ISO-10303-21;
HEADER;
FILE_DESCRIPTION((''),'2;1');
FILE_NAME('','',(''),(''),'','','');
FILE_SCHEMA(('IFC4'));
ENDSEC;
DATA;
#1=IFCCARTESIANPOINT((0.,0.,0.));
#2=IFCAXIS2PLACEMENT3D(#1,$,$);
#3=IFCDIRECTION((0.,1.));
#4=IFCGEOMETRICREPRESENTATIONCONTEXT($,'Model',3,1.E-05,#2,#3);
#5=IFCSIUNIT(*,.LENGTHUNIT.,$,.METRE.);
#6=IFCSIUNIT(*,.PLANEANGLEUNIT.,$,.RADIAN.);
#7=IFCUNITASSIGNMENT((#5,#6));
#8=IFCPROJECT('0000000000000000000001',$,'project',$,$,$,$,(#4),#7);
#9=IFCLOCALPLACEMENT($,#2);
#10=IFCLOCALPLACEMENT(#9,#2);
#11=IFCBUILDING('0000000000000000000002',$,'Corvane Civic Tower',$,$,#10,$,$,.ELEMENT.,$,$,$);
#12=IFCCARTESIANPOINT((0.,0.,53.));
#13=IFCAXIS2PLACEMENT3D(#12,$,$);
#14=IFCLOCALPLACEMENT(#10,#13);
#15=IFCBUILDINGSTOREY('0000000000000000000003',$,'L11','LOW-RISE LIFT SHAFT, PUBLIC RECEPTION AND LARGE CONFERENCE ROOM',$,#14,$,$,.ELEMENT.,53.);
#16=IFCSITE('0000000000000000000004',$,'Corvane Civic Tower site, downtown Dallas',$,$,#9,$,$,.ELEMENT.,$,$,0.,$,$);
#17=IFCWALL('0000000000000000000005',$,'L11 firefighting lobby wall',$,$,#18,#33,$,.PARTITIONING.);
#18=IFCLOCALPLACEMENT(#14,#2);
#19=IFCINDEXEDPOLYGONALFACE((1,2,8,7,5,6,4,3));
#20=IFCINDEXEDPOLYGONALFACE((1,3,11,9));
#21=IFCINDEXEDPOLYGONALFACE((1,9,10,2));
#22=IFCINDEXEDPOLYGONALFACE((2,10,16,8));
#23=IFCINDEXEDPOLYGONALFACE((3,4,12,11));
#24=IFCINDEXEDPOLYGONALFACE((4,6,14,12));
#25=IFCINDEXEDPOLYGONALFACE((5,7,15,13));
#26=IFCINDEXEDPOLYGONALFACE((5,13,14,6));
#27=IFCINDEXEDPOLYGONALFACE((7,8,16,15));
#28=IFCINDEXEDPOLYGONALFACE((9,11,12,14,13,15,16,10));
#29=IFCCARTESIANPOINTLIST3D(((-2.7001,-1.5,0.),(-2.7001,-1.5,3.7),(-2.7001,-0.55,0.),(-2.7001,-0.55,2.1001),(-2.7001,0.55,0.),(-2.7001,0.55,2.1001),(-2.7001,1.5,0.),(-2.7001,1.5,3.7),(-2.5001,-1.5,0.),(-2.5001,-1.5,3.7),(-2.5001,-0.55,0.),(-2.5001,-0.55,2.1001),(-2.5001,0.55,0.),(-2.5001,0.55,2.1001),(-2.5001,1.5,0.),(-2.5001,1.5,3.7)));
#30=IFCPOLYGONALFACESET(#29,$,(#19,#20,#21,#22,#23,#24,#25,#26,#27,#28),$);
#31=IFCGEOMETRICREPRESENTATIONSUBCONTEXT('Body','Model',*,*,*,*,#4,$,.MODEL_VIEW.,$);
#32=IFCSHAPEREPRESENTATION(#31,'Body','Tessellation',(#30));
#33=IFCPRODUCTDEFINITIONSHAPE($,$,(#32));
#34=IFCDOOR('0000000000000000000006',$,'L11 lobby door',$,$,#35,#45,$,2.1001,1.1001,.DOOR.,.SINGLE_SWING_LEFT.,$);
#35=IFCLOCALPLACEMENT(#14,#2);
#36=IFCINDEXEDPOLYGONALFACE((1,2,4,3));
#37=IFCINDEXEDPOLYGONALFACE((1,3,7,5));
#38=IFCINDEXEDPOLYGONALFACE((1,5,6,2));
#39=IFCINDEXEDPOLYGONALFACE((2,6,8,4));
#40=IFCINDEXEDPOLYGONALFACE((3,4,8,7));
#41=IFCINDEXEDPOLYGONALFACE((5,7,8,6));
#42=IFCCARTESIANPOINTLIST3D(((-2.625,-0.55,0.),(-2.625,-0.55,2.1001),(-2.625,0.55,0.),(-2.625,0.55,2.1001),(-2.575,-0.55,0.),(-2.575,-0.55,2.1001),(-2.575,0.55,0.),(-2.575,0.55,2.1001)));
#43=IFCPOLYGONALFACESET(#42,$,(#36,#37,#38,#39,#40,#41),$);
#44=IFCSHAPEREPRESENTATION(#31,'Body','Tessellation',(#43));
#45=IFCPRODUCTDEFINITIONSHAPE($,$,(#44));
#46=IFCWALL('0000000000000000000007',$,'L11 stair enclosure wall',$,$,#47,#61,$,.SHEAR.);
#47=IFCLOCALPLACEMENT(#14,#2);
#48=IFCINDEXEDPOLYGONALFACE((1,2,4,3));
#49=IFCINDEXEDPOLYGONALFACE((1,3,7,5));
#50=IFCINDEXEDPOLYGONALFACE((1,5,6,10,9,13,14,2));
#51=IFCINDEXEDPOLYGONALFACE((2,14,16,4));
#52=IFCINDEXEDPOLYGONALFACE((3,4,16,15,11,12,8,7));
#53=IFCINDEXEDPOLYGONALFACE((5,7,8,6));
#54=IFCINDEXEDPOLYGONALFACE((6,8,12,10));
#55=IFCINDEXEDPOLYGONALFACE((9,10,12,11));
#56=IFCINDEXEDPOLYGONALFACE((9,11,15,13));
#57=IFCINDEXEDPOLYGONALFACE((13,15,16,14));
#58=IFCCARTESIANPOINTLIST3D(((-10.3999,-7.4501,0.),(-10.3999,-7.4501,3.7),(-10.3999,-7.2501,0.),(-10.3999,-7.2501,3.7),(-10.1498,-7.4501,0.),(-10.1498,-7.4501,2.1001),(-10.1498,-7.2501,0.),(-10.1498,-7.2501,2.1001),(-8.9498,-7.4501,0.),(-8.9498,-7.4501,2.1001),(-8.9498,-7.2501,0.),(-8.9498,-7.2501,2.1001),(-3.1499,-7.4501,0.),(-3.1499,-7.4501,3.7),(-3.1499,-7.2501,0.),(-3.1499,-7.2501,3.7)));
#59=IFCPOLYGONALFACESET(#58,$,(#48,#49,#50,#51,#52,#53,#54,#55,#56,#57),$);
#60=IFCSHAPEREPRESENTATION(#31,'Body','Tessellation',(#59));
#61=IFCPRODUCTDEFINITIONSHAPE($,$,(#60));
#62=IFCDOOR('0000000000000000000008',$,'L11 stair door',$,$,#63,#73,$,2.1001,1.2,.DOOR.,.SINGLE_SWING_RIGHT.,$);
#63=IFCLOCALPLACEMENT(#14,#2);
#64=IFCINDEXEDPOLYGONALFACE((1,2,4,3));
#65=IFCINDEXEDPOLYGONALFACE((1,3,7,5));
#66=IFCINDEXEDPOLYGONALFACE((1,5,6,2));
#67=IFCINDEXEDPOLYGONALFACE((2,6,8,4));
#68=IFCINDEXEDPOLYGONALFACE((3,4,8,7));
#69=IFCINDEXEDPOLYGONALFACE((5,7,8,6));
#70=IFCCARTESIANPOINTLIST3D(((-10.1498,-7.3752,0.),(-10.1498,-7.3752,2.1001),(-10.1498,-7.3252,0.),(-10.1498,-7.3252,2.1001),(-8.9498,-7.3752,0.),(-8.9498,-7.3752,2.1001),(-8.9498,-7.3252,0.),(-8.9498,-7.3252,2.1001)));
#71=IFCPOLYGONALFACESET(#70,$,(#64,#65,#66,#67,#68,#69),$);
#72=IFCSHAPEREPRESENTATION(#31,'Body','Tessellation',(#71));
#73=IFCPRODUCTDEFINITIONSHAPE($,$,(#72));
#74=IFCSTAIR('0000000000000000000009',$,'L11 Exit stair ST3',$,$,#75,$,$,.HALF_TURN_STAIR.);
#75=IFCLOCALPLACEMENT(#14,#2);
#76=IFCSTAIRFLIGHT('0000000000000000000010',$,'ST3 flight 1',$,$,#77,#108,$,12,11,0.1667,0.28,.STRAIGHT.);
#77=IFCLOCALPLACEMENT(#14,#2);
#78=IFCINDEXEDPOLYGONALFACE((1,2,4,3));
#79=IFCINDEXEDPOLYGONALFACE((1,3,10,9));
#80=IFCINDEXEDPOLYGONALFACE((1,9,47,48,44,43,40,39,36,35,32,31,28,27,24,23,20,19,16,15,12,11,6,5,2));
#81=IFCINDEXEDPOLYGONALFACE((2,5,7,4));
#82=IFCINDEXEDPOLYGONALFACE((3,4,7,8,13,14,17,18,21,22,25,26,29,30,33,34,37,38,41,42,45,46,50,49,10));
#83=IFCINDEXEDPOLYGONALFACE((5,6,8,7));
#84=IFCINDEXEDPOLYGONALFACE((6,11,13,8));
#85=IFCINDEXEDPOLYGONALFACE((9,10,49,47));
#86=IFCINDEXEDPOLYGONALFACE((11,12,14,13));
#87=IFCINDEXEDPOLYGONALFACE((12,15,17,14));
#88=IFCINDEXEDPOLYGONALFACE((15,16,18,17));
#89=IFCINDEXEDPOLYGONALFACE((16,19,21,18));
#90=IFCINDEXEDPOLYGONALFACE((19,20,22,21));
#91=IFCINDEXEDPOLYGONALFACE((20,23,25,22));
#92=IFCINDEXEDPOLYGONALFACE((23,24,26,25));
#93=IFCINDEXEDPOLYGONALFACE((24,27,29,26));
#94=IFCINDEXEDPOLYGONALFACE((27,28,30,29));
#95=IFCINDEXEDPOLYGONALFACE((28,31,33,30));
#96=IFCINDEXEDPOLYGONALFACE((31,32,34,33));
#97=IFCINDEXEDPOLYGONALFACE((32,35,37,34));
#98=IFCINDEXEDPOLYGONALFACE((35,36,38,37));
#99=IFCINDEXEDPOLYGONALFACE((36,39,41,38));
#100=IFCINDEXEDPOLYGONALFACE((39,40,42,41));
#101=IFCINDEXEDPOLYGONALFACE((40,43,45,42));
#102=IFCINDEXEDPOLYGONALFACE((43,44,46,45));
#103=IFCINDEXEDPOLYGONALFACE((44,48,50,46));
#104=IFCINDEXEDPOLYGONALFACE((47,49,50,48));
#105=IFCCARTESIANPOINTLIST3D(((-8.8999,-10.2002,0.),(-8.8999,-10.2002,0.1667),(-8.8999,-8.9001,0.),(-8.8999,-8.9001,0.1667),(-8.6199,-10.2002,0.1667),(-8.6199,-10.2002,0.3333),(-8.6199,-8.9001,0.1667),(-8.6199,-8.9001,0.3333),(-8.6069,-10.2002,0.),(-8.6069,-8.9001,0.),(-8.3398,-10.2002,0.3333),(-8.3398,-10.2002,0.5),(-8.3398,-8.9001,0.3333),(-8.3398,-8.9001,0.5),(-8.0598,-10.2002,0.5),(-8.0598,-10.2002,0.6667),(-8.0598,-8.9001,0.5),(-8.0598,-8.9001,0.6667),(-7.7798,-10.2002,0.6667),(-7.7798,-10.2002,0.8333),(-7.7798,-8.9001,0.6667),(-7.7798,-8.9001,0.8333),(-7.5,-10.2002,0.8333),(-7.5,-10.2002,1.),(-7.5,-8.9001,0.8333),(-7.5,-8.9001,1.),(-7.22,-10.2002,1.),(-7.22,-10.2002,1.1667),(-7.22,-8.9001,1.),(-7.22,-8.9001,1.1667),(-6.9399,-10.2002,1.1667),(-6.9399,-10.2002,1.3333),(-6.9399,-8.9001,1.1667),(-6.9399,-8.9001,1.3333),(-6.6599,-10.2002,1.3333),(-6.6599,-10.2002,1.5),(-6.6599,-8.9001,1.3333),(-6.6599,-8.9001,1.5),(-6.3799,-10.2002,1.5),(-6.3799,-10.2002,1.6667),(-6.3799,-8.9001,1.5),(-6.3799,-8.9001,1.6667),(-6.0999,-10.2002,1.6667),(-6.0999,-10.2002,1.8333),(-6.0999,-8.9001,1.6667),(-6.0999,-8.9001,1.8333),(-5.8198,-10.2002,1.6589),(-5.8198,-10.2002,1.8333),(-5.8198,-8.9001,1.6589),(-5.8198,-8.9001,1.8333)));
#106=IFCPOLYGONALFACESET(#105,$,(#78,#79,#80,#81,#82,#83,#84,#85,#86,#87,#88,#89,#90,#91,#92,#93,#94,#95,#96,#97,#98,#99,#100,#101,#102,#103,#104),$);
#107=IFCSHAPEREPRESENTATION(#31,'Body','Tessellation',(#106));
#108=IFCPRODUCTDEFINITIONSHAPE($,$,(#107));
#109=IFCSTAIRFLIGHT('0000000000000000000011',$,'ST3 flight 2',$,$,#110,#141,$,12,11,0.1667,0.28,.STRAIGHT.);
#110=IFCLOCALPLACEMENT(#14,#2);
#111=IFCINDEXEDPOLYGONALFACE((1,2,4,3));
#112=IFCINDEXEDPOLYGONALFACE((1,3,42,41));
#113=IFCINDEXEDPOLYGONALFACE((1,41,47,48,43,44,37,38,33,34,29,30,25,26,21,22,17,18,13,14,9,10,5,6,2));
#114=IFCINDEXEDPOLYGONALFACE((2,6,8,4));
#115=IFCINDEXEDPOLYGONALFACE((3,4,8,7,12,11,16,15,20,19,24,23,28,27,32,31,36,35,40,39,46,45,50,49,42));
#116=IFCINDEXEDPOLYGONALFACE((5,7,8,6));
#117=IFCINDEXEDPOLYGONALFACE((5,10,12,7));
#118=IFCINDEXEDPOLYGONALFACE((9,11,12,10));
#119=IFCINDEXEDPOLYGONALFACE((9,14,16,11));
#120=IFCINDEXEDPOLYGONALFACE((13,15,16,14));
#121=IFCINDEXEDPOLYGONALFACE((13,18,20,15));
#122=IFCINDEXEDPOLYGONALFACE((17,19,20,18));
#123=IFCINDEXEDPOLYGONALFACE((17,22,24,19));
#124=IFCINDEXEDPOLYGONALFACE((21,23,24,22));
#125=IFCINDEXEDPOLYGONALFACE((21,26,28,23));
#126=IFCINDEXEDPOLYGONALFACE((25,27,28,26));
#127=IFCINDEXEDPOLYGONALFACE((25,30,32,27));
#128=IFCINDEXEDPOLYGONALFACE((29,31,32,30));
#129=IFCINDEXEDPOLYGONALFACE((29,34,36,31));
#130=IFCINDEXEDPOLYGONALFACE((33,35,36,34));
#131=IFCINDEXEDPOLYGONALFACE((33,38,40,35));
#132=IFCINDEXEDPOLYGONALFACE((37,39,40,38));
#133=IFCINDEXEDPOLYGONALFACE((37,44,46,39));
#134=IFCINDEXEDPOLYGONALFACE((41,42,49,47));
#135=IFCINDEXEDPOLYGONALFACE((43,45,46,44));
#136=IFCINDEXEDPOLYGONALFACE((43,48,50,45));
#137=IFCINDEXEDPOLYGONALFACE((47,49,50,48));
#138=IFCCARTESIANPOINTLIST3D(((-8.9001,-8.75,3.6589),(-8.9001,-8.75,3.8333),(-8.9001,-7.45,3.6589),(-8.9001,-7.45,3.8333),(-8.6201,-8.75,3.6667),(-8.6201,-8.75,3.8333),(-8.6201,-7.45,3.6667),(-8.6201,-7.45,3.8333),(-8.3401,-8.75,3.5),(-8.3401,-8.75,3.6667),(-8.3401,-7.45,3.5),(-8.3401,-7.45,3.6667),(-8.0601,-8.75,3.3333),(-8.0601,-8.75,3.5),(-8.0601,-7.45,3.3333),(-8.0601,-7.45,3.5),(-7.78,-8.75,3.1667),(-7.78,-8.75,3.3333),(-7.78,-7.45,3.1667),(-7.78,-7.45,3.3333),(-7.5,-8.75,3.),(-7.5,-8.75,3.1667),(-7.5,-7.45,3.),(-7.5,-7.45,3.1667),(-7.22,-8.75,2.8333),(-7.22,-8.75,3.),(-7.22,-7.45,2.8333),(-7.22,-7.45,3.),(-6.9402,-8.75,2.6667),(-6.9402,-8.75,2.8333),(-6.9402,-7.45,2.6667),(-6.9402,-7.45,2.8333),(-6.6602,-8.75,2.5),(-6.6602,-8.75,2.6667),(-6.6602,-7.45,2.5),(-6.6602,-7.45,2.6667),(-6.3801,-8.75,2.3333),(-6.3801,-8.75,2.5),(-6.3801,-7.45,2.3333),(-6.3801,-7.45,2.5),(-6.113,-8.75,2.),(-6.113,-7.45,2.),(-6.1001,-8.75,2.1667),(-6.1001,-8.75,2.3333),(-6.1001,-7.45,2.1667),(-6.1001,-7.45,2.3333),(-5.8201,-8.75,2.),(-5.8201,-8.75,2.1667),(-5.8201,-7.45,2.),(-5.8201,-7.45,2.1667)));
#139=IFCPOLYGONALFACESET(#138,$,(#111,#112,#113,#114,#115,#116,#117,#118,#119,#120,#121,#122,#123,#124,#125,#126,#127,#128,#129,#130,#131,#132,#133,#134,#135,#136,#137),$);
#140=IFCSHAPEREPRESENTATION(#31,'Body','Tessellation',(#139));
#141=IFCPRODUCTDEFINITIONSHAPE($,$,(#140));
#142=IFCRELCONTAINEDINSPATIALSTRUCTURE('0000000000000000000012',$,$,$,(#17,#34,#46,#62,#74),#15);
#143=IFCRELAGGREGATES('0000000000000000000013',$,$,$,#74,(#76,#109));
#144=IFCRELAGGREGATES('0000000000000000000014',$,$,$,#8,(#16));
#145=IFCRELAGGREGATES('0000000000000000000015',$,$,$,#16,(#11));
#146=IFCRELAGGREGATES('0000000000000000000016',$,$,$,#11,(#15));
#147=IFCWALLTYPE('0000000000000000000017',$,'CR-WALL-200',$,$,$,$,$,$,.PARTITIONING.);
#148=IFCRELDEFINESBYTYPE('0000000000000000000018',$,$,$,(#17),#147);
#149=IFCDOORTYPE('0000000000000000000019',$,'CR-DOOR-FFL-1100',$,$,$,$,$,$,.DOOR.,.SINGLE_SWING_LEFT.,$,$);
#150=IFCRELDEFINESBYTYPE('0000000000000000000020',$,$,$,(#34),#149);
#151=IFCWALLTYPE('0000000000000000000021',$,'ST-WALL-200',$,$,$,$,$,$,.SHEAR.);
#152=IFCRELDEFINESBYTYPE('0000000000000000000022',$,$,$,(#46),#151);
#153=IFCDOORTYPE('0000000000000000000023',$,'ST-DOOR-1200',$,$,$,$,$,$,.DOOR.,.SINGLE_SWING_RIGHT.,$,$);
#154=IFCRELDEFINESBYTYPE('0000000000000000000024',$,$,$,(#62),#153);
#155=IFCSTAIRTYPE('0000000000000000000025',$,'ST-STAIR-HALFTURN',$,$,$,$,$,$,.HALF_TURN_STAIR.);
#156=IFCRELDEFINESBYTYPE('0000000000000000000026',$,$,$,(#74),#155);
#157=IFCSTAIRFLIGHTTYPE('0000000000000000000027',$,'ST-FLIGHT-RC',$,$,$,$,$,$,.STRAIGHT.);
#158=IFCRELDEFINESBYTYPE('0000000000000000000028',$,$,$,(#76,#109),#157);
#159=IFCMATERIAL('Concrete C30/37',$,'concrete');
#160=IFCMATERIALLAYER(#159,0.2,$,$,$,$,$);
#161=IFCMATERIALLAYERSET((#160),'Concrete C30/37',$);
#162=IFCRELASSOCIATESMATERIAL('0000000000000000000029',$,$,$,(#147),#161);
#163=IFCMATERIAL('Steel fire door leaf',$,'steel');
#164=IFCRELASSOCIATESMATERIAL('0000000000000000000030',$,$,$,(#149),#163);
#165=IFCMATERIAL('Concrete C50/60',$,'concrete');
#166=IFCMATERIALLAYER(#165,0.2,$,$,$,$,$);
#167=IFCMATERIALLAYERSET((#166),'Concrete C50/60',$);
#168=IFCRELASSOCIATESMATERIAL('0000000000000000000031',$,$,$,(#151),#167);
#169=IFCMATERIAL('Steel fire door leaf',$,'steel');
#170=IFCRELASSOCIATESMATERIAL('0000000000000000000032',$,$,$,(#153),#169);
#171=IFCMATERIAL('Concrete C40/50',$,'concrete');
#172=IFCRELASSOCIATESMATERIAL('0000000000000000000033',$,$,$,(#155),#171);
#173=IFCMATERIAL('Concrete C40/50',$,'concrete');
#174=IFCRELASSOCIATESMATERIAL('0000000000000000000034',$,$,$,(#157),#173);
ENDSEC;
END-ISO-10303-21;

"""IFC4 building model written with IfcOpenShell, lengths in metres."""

from ifc_helpers import new_model, si_unit, direction, frame, frame_2d, origin, place, context, subcontext, project, spatial, polyline, rectangle, outline, extrude, material, layer, layer_set, type_object, element, fill, aggregate, save


model = new_model("IFC4")

# Units and contexts
model_context = context("Model", 3, precision=1e-05, world=origin(), true_north=direction((0.0, 1.0)))
body_context = subcontext(model_context, "Body", "Model", "MODEL_VIEW")
ifc_project = project(units=[si_unit("LENGTHUNIT", "METRE"), si_unit("PLANEANGLEUNIT", "RADIAN")], contexts=[model_context])

# Site, building, storey
site_placement = place(None, origin())
site = spatial("IfcSite", under=ifc_project, at=site_placement, Name="Corvane Civic Tower site, downtown Dallas", CompositionType="ELEMENT", RefElevation=0.0)
building_placement = place(site_placement, origin())
building = spatial("IfcBuilding", under=site, at=building_placement, Name="Corvane Civic Tower", CompositionType="ELEMENT")
storey_placement = place(building_placement, frame((0.0, 0.0, 53.0)))
storey = spatial("IfcBuildingStorey", under=building, at=storey_placement, Name="L11", Description="LOW-RISE LIFT SHAFT, PUBLIC RECEPTION AND LARGE CONFERENCE ROOM", CompositionType="ELEMENT", Elevation=53.0)

# Shared definitions
ifc_material_1 = material(Name="Concrete C30/37", Category="concrete")
ifc_layer_1 = layer(ifc_material_1, 0.2)
ifc_layer_set_1 = layer_set([ifc_layer_1], Name="Concrete C30/37")
wall_type_1 = type_object("IfcWallType", Name="CR-WALL-200", PredefinedType="PARTITIONING", material=ifc_layer_set_1)

# Walls, openings, doors
ifc_material_2 = material(Name="Steel fire door leaf", Category="steel")
door_type_1 = type_object("IfcDoorType", Name="CR-DOOR-FFL-1100", OperationType="SINGLE_SWING_LEFT", PredefinedType="DOOR", material=ifc_material_2)
wall_1_placement = place(storey_placement, frame((-2.6001, -1.5, 0.0), z_axis=(0.0, 0.0, 1.0), x_axis=(0.0, 1.0, 0.0)))
wall_1 = element("IfcWall", 1, at=wall_1_placement, inside=storey, type_object=wall_type_1, Name="L11 firefighting lobby wall", PredefinedType="PARTITIONING", context=body_context, shape_type="SweptSolid", body=[
    extrude(rectangle(XDim=3.0, YDim=0.2, at=frame_2d((1.5, 0.0))), origin(), (0.0, 0.0, 1.0), 3.7),
])
opening_1_placement = place(wall_1_placement, frame((0.95, 0.0, 0.0)))
opening_1 = element("IfcOpeningElement", 2, at=opening_1_placement, cuts=wall_1, PredefinedType="OPENING", context=body_context, shape_type="SweptSolid", body=[
    extrude(rectangle(XDim=1.1001, YDim=2.1001, at=frame_2d((0.55, 1.05))), frame((0.0, 0.1099, 0.0), z_axis=(0.0, -1.0, 0.0), x_axis=(1.0, 0.0, 0.0)), (0.0, 0.0, 1.0), 0.22),
])
door_1_placement = place(opening_1_placement, origin())
door_1 = element("IfcDoor", 3, at=door_1_placement, inside=storey, type_object=door_type_1, Name="L11 lobby door", OperationType="SINGLE_SWING_LEFT", OverallHeight=2.1001, OverallWidth=1.1001, PredefinedType="DOOR", context=body_context, shape_type="SweptSolid", body=[
    extrude(rectangle(XDim=1.1001, YDim=2.1001, at=frame_2d((0.55, 1.05))), frame((0.0, 0.0249, 0.0), z_axis=(0.0, -1.0, 0.0), x_axis=(1.0, 0.0, 0.0)), (0.0, 0.0, 1.0), 0.05),
])
fill(opening_1, door_1)
ifc_material_3 = material(Name="Concrete C50/60", Category="concrete")
ifc_layer_2 = layer(ifc_material_3, 0.2)
ifc_layer_set_2 = layer_set([ifc_layer_2], Name="Concrete C50/60")
wall_type_2 = type_object("IfcWallType", Name="ST-WALL-200", PredefinedType="SHEAR", material=ifc_layer_set_2)
wall_2_placement = place(storey_placement, frame((-10.3999, -7.3501, 0.0), z_axis=(0.0, 0.0, 1.0), x_axis=(1.0, 0.0, 0.0)))
wall_2 = element("IfcWall", 4, at=wall_2_placement, inside=storey, type_object=wall_type_2, Name="L11 stair enclosure wall", PredefinedType="SHEAR", context=body_context, shape_type="SweptSolid", body=[
    extrude(rectangle(XDim=7.25, YDim=0.2, at=frame_2d((3.625, 0.0))), origin(), (0.0, 0.0, 1.0), 3.7),
])
opening_2_placement = place(wall_2_placement, frame((0.25, 0.0, 0.0)))
opening_2 = element("IfcOpeningElement", 5, at=opening_2_placement, cuts=wall_2, PredefinedType="OPENING", context=body_context, shape_type="SweptSolid", body=[
    extrude(rectangle(XDim=1.2, YDim=2.1001, at=frame_2d((0.6001, 1.05))), frame((0.0, 0.1099, 0.0), z_axis=(0.0, -1.0, 0.0), x_axis=(1.0, 0.0, 0.0)), (0.0, 0.0, 1.0), 0.22),
])
ifc_material_4 = material(Name="Steel fire door leaf", Category="steel")
door_type_2 = type_object("IfcDoorType", Name="ST-DOOR-1200", OperationType="SINGLE_SWING_RIGHT", PredefinedType="DOOR", material=ifc_material_4)
door_2_placement = place(opening_2_placement, origin())
door_2 = element("IfcDoor", 6, at=door_2_placement, inside=storey, type_object=door_type_2, Name="L11 stair door", OperationType="SINGLE_SWING_RIGHT", OverallHeight=2.1001, OverallWidth=1.2, PredefinedType="DOOR", context=body_context, shape_type="SweptSolid", body=[
    extrude(rectangle(XDim=1.2, YDim=2.1001, at=frame_2d((0.6001, 1.05))), frame((0.0, 0.0249, 0.0), z_axis=(0.0, -1.0, 0.0), x_axis=(1.0, 0.0, 0.0)), (0.0, 0.0, 1.0), 0.05),
])
fill(opening_2, door_2)

# Stair, stair flights
ifc_material_5 = material(Name="Concrete C40/50", Category="concrete")
stair_type = type_object("IfcStairType", Name="ST-STAIR-HALFTURN", PredefinedType="HALF_TURN_STAIR", material=ifc_material_5)
stair_placement = place(storey_placement, origin())
stair = element("IfcStair", 7, at=stair_placement, inside=storey, type_object=stair_type, Name="L11 Exit stair ST3", PredefinedType="HALF_TURN_STAIR")
ifc_material_6 = material(Name="Concrete C40/50", Category="concrete")
stair_flight_type = type_object("IfcStairFlightType", Name="ST-FLIGHT-RC", PredefinedType="STRAIGHT", material=ifc_material_6)
stair_flight_1_placement = place(storey_placement, frame((-8.8999, -9.55, 0.0), z_axis=(0.0, 0.0, 1.0), x_axis=(1.0, 0.0, 0.0)))
stair_flight_1 = element("IfcStairFlight", 8, at=stair_flight_1_placement, type_object=stair_flight_type, Name="ST3 flight 1", NumberOfRisers=12, NumberOfTreads=11, PredefinedType="STRAIGHT", RiserHeight=0.1667, TreadLength=0.28, context=body_context, shape_type="SweptSolid", body=[
    extrude(outline(polyline([(0.0, 0.0), (0.0, 0.1667), (0.28, 0.1667), (0.28, 0.3333), (0.5601, 0.3333), (0.5601, 0.5), (0.8401, 0.5), (0.8401, 0.6667), (1.1201, 0.6667), (1.1201, 0.8333), (1.3999, 0.8333), (1.3999, 1.0), (1.6799, 1.0), (1.6799, 1.1667), (1.96, 1.1667), (1.96, 1.3333), (2.24, 1.3333), (2.24, 1.5), (2.52, 1.5), (2.52, 1.6667), (2.8, 1.6667), (2.8, 1.8333), (3.0801, 1.8333), (3.0801, 2.0), (3.0801, 1.6589), (0.293, 0.0), (0.0, 0.0)])), frame((0.0, 0.6499, 0.0), z_axis=(0.0, -1.0, 0.0), x_axis=(1.0, 0.0, 0.0)), (0.0, 0.0, 1.0), 1.3),
])
stair_flight_2_placement = place(storey_placement, frame((-5.8201, -8.1001, 2.0), z_axis=(0.0, 0.0, 1.0), x_axis=(-1.0, 0.0, 0.0)))
stair_flight_2 = element("IfcStairFlight", 9, at=stair_flight_2_placement, type_object=stair_flight_type, Name="ST3 flight 2", NumberOfRisers=12, NumberOfTreads=11, PredefinedType="STRAIGHT", RiserHeight=0.1667, TreadLength=0.28, context=body_context, shape_type="SweptSolid", body=[
    extrude(outline(polyline([(0.0, 0.0), (0.0, 0.1667), (0.28, 0.1667), (0.28, 0.3333), (0.5601, 0.3333), (0.5601, 0.5), (0.8401, 0.5), (0.8401, 0.6667), (1.1201, 0.6667), (1.1201, 0.8333), (1.3999, 0.8333), (1.3999, 1.0), (1.6799, 1.0), (1.6799, 1.1667), (1.96, 1.1667), (1.96, 1.3333), (2.24, 1.3333), (2.24, 1.5), (2.52, 1.5), (2.52, 1.6667), (2.8, 1.6667), (2.8, 1.8333), (3.0801, 1.8333), (3.0801, 2.0), (3.0801, 1.6589), (0.293, 0.0), (0.0, 0.0)])), frame((0.0, 0.6499, 0.0), z_axis=(0.0, -1.0, 0.0), x_axis=(1.0, 0.0, 0.0)), (0.0, 0.0, 1.0), 1.3),
])
aggregate(stair, [stair_flight_1, stair_flight_2])

save(model, "model.ifc")
